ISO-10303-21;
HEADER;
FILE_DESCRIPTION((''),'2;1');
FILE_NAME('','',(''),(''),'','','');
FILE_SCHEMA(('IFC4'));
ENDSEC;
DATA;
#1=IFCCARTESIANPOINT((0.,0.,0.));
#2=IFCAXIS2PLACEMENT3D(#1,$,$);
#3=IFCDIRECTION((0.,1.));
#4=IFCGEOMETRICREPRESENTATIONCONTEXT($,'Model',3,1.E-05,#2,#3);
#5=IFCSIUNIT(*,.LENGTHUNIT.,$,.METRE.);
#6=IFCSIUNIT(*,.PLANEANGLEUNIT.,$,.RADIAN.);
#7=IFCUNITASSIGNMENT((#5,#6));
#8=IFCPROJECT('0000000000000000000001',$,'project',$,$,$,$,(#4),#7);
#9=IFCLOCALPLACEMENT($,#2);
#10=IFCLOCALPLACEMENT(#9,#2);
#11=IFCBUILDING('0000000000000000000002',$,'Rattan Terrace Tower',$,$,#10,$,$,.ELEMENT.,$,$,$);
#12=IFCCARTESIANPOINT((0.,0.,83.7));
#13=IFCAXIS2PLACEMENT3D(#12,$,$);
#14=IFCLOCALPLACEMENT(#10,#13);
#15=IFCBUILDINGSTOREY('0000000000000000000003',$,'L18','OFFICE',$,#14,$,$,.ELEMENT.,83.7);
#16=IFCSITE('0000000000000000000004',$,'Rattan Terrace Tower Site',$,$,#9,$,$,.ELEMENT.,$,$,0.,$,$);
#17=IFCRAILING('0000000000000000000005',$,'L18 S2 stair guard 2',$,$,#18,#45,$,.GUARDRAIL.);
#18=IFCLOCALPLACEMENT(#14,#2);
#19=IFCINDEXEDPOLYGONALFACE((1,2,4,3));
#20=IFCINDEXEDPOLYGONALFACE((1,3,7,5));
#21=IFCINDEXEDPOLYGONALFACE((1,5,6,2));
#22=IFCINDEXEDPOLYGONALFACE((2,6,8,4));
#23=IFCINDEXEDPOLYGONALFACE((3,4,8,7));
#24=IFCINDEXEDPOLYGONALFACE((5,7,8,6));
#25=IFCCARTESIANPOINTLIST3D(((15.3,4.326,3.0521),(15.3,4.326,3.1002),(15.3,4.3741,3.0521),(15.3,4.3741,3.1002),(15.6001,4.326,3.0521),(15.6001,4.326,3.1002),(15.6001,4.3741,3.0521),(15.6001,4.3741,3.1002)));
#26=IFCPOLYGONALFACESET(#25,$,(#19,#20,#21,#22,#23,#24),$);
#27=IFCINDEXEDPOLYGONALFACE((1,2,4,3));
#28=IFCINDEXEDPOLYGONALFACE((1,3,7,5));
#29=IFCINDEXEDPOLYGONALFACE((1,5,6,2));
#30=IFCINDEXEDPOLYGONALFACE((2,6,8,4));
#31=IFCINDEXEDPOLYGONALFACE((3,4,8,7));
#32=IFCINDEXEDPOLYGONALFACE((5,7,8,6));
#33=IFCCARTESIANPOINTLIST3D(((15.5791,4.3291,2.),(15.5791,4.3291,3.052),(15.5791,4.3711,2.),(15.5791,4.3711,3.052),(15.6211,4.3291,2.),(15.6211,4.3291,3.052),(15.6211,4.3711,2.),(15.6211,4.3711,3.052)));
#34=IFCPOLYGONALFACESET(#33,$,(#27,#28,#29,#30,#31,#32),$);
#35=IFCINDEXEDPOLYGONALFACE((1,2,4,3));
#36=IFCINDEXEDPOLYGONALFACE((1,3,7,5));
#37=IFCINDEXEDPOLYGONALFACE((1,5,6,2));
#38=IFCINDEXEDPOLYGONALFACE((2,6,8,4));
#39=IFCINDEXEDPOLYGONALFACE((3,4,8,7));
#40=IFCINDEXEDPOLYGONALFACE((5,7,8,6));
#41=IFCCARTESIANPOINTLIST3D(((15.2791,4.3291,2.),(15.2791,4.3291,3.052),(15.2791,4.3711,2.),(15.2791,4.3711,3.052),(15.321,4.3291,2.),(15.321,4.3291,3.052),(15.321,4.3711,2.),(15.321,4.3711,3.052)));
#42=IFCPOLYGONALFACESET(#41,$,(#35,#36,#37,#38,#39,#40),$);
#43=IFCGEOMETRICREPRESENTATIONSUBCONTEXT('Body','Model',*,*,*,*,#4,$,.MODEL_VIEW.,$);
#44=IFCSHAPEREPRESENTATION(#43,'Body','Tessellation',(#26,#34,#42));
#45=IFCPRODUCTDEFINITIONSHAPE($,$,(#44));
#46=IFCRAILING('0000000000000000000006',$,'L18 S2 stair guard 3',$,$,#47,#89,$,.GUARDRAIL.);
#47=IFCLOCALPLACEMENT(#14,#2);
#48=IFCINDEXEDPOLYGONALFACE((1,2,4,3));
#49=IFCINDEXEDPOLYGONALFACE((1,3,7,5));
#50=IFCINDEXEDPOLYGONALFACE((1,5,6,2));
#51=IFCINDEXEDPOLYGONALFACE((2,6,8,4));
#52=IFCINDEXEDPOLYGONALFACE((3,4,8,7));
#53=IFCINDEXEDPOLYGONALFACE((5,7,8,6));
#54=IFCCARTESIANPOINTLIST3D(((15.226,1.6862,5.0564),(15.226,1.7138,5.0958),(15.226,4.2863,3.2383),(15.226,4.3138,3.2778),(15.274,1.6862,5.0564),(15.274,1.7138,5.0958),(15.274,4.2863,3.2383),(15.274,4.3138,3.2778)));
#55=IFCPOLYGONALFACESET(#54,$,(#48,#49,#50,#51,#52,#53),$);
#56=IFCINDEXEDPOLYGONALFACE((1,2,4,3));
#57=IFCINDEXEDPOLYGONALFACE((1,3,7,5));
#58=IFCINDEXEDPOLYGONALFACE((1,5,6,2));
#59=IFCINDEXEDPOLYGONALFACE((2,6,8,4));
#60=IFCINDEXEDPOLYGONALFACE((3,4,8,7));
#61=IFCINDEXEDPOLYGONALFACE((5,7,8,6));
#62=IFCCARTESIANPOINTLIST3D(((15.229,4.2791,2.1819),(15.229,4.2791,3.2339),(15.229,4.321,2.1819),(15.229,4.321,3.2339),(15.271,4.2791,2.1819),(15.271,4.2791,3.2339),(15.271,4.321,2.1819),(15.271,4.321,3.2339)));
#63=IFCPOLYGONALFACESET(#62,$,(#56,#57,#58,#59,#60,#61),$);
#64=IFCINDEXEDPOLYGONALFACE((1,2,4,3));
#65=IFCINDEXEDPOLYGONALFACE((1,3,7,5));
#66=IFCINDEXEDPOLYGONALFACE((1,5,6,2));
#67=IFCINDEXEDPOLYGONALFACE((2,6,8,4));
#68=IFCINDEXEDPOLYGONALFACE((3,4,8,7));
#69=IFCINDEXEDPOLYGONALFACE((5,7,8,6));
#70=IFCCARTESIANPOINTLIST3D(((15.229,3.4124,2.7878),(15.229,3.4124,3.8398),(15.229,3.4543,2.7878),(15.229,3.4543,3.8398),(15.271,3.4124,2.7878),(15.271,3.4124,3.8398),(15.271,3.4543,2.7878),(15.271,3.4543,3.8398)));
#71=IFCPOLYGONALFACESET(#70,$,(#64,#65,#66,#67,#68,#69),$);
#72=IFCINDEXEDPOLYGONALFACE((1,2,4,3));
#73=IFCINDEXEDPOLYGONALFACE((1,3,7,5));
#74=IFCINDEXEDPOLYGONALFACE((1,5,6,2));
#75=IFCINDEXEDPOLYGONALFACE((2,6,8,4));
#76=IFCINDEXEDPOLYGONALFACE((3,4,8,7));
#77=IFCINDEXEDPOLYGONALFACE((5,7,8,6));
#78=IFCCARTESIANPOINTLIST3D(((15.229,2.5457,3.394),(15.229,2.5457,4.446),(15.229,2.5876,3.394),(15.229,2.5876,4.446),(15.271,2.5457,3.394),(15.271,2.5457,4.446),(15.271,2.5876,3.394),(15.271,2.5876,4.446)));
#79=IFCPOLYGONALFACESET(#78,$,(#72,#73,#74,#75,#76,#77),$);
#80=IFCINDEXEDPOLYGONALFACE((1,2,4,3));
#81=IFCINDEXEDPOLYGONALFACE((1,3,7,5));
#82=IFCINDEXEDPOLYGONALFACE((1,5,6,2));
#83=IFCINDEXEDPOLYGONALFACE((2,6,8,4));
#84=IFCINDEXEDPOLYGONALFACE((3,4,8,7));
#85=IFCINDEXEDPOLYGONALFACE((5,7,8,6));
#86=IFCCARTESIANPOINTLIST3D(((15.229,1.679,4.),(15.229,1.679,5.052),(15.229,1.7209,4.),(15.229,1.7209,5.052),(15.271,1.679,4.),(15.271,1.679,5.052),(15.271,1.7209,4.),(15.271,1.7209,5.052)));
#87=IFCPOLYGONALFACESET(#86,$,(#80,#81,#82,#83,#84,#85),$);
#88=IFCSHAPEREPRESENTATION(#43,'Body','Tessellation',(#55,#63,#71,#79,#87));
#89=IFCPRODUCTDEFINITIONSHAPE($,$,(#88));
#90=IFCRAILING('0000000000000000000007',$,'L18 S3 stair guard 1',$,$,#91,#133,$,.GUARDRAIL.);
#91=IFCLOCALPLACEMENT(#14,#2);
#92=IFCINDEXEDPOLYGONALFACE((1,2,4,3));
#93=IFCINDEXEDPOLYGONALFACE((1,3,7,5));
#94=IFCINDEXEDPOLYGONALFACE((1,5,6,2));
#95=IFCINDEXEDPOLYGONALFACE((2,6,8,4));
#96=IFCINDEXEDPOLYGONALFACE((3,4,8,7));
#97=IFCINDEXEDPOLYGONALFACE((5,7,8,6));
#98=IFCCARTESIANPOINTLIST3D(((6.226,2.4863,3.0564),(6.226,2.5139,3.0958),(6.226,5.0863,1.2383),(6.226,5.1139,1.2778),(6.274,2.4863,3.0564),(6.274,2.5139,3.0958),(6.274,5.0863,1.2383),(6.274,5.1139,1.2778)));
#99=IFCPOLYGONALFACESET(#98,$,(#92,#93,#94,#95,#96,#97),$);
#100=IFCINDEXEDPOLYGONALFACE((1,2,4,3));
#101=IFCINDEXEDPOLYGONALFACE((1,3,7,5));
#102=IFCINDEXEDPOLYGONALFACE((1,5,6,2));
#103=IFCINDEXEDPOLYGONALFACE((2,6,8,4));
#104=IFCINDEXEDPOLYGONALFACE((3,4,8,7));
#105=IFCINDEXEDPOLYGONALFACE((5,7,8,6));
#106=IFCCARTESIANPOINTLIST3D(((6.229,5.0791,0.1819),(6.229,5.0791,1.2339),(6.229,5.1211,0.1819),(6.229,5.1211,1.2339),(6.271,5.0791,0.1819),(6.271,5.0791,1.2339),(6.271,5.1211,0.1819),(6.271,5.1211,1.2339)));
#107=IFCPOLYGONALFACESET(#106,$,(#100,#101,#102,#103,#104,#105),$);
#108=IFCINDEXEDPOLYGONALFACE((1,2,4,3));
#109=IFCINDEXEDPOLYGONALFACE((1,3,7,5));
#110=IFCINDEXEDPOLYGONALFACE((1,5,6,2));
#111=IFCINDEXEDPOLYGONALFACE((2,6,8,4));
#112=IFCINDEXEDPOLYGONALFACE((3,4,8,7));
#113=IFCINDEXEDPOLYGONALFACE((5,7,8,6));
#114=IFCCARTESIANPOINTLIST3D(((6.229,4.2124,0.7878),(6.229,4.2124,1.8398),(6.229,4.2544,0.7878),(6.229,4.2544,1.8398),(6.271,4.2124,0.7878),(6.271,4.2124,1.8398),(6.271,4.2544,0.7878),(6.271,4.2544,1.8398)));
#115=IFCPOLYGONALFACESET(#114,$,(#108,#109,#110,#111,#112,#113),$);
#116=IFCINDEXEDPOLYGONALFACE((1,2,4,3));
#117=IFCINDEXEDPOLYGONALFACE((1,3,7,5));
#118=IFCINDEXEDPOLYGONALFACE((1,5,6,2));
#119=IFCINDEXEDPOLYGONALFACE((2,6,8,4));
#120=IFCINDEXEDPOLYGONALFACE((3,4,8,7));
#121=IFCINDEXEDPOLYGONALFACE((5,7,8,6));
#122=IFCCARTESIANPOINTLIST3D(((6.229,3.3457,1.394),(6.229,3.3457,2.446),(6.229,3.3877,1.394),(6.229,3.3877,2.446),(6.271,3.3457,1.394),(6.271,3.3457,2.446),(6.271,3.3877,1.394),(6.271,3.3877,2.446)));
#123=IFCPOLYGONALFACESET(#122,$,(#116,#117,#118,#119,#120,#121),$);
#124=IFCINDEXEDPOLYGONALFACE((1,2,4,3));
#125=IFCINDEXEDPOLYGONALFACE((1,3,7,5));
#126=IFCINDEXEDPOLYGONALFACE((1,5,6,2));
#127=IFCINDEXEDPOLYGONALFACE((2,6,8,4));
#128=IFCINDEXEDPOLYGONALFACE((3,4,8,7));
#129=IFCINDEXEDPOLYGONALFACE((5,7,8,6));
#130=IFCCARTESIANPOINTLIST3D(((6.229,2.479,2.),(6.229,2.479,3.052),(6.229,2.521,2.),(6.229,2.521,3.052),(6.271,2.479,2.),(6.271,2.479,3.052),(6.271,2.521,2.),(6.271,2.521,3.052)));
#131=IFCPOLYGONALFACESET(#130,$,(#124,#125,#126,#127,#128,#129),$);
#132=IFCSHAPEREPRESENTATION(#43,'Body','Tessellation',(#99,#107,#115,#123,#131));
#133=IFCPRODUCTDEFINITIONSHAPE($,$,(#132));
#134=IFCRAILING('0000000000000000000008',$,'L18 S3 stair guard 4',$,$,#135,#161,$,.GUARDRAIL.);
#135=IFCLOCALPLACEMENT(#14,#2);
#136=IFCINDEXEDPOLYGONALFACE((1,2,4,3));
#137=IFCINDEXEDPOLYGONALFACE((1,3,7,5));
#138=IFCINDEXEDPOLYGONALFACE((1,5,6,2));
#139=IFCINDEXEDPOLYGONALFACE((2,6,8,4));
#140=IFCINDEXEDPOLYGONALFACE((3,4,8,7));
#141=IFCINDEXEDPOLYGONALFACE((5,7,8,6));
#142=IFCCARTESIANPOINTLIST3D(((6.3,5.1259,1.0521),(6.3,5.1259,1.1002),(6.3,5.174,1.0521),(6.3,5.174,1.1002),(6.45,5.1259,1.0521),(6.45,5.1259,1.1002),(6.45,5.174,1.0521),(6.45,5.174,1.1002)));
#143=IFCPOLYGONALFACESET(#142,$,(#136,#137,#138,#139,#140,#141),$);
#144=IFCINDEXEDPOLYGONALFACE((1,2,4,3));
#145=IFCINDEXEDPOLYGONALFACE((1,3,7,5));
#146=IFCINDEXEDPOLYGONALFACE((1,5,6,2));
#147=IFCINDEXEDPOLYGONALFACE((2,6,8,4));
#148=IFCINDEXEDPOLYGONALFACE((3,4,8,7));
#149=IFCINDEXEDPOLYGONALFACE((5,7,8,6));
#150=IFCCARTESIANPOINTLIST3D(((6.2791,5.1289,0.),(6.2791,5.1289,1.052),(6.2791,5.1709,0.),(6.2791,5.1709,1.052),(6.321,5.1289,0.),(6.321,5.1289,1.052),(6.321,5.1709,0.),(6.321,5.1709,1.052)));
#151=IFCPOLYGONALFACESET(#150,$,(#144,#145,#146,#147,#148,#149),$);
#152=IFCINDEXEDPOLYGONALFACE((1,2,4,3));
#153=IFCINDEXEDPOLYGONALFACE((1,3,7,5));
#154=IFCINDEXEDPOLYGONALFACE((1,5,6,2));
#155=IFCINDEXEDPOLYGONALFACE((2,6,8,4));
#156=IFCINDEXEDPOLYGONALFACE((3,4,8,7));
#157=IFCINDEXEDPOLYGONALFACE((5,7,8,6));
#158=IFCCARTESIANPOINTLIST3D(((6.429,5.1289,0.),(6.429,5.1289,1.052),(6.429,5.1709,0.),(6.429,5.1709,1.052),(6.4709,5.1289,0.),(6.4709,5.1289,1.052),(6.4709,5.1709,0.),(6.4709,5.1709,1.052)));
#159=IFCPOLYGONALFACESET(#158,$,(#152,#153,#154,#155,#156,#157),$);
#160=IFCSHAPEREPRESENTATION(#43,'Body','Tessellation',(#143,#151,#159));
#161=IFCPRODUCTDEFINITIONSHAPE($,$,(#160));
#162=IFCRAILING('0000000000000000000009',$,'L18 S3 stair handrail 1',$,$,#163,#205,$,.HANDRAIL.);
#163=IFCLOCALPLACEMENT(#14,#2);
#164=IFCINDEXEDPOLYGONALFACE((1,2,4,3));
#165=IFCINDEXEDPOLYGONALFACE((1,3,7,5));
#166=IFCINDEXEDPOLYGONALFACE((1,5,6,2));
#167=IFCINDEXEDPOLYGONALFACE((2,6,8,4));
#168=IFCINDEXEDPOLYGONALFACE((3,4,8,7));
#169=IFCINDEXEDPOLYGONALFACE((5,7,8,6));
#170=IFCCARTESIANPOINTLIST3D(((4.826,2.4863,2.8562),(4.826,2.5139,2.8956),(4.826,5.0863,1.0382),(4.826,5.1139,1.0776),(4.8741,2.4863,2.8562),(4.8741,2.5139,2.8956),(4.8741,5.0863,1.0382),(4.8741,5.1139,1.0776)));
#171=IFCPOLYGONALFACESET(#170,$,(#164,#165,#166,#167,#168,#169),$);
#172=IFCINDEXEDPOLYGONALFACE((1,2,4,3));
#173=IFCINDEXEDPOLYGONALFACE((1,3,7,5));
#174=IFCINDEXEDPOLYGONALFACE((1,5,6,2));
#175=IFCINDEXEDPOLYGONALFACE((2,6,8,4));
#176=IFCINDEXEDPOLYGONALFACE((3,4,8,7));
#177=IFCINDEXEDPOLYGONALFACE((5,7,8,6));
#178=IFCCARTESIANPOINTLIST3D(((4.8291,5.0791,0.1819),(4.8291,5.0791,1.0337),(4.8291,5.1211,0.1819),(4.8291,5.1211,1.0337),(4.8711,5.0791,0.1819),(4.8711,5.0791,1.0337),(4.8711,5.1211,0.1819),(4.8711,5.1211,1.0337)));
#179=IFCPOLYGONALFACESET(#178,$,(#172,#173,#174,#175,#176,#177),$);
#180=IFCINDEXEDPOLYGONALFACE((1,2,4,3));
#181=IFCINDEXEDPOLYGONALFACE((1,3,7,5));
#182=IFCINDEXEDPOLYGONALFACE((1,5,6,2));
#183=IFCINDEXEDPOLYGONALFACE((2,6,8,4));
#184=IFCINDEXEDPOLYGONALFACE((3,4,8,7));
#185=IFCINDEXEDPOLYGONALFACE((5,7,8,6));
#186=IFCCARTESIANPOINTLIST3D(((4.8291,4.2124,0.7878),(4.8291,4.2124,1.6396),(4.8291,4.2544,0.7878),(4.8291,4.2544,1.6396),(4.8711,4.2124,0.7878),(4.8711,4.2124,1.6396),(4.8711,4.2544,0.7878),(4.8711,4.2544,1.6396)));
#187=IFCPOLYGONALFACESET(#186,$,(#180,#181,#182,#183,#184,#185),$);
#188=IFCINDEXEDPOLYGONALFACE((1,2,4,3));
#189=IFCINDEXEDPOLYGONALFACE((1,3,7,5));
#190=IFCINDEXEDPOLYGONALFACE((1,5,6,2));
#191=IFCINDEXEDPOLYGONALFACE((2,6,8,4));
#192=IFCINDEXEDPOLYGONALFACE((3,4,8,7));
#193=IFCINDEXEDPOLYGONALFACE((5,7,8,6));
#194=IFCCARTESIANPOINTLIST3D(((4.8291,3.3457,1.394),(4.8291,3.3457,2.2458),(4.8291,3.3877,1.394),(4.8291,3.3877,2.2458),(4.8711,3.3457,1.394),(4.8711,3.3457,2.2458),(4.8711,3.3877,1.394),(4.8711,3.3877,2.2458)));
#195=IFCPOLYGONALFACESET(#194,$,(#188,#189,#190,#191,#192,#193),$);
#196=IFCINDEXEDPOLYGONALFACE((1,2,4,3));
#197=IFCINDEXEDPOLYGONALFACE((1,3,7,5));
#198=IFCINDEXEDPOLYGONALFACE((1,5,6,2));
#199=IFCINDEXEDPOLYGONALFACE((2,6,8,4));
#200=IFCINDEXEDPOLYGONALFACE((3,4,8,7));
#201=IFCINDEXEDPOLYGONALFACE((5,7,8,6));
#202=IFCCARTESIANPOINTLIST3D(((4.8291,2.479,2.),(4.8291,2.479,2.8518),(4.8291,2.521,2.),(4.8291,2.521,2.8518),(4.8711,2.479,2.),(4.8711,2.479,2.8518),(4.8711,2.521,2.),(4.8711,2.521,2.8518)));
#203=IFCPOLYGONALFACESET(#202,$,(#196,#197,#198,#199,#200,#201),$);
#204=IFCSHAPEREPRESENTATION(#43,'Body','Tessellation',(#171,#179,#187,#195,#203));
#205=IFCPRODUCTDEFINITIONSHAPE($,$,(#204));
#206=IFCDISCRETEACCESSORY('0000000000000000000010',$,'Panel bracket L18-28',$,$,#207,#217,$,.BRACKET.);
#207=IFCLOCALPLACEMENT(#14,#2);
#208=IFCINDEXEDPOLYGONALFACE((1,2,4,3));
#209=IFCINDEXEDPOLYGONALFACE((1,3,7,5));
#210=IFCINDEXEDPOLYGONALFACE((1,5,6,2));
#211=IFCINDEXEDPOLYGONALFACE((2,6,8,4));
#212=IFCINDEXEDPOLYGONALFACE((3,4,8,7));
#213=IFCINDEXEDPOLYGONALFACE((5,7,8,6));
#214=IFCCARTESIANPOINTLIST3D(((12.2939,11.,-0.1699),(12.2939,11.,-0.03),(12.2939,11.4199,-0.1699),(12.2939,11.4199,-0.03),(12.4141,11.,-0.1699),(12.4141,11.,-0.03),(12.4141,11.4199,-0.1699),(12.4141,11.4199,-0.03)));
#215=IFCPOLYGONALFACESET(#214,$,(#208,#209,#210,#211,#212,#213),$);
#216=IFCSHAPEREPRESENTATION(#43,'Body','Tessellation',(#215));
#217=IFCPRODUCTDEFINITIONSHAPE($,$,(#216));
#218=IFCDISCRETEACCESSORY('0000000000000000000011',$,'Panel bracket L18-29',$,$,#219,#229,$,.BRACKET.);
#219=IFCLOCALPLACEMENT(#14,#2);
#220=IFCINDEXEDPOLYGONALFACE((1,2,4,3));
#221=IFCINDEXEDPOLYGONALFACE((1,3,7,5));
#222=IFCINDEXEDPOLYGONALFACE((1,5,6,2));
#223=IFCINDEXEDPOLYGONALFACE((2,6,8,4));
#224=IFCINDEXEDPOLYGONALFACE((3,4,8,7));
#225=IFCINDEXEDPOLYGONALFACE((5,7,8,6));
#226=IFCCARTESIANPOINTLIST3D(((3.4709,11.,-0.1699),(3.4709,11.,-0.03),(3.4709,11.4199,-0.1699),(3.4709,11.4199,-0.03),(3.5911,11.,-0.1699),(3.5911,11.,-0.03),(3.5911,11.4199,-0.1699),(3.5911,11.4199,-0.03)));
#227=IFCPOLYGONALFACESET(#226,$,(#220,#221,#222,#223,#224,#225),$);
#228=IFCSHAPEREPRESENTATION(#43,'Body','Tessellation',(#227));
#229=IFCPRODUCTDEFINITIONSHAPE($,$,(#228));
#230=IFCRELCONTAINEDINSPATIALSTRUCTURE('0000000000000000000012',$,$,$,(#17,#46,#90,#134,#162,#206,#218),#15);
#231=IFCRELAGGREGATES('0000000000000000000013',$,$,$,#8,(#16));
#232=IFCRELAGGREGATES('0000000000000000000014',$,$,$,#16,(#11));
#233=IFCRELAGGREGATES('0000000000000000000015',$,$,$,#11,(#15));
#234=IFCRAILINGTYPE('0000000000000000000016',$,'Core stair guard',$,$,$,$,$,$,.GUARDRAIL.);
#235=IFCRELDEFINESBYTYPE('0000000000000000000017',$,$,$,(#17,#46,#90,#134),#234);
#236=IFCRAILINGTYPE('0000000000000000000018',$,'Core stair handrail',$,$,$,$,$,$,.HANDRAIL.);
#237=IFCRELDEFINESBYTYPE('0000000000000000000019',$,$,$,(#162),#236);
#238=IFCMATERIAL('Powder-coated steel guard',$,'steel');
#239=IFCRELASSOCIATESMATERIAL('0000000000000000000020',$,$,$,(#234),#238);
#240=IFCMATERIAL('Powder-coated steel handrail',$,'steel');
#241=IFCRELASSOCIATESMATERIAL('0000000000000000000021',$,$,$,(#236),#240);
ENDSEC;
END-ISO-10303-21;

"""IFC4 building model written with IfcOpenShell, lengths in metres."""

from ifc_helpers import new_model, si_unit, direction, frame, origin, origin_2d, place, context, subcontext, project, spatial, rectangle, extrude, material, type_object, element, save


model = new_model("IFC4")

# Units and contexts
model_context = context("Model", 3, precision=1e-05, world=origin(), true_north=direction((0.0, 1.0)))
body_context = subcontext(model_context, "Body", "Model", "MODEL_VIEW")
ifc_project = project(units=[si_unit("LENGTHUNIT", "METRE"), si_unit("PLANEANGLEUNIT", "RADIAN")], contexts=[model_context])

# Site, building, storey
site_placement = place(None, origin())
site = spatial("IfcSite", under=ifc_project, at=site_placement, Name="Rattan Terrace Tower Site", CompositionType="ELEMENT", RefElevation=0.0)
building_placement = place(site_placement, origin())
building = spatial("IfcBuilding", under=site, at=building_placement, Name="Rattan Terrace Tower", CompositionType="ELEMENT")
storey_placement = place(building_placement, frame((0.0, 0.0, 83.7)))
storey = spatial("IfcBuildingStorey", under=building, at=storey_placement, Name="L18", Description="OFFICE", CompositionType="ELEMENT", Elevation=83.7)

# Railings
ifc_material_1 = material(Name="Powder-coated steel guard", Category="steel")
railing_type_1 = type_object("IfcRailingType", Name="Core stair guard", PredefinedType="GUARDRAIL", material=ifc_material_1)
railing_1_placement = place(storey_placement, frame((15.6001, 4.3501, 2.0)))
element("IfcRailing", 1, at=railing_1_placement, inside=storey, type_object=railing_type_1, Name="L18 S2 stair guard 2", PredefinedType="GUARDRAIL", context=body_context, shape_type="SweptSolid", body=[
    extrude(rectangle(XDim=0.0481, YDim=0.0481, at=origin_2d()), frame((0.0, 0.0, 1.0762), z_axis=(-1.0, 0.0, 0.0), x_axis=(0.0, -1.0, 0.0)), (0.0, 0.0, 1.0), 0.3),
    extrude(rectangle(XDim=0.042, YDim=0.042, at=origin_2d()), origin(), (0.0, 0.0, 1.0), 1.052),
    extrude(rectangle(XDim=0.042, YDim=0.042, at=origin_2d()), frame((-0.3, 0.0, 0.0)), (0.0, 0.0, 1.0), 1.052),
])
for number, where, name in (
    (2, (15.25, 4.3, 2.1819), "L18 S2 stair guard 3"),
    (3, (6.25, 5.1001, 0.1819), "L18 S3 stair guard 1"),
):
    element("IfcRailing", number, at=place(storey_placement, frame(where)), inside=storey, type_object=railing_type_1, Name=name, PredefinedType="GUARDRAIL", context=body_context, shape_type="SweptSolid", body=[
        extrude(rectangle(XDim=0.0481, YDim=0.0481, at=origin_2d()), frame((0.0, 0.0, 1.0762), z_axis=(0.0, -0.819521, 0.573049), x_axis=(1.0, 0.0, 0.0)), (0.0, 0.0, 1.0), 3.1726),
        extrude(rectangle(XDim=0.042, YDim=0.042, at=origin_2d()), origin(), (0.0, 0.0, 1.0), 1.052),
        extrude(rectangle(XDim=0.042, YDim=0.042, at=origin_2d()), frame((0.0, -0.8667, 0.606)), (0.0, 0.0, 1.0), 1.052),
        extrude(rectangle(XDim=0.042, YDim=0.042, at=origin_2d()), frame((0.0, -1.7334, 1.2122)), (0.0, 0.0, 1.0), 1.052),
        extrude(rectangle(XDim=0.042, YDim=0.042, at=origin_2d()), frame((0.0, -2.6001, 1.8181)), (0.0, 0.0, 1.0), 1.052),
    ])
railing_2_placement = place(storey_placement, frame((6.3, 5.1499, 0.0)))
element("IfcRailing", 4, at=railing_2_placement, inside=storey, type_object=railing_type_1, Name="L18 S3 stair guard 4", PredefinedType="GUARDRAIL", context=body_context, shape_type="SweptSolid", body=[
    extrude(rectangle(XDim=0.0481, YDim=0.0481, at=origin_2d()), frame((0.0, 0.0, 1.0762), z_axis=(1.0, 0.0, 0.0), x_axis=(0.0, 1.0, 0.0)), (0.0, 0.0, 1.0), 0.1499),
    extrude(rectangle(XDim=0.042, YDim=0.042, at=origin_2d()), origin(), (0.0, 0.0, 1.0), 1.052),
    extrude(rectangle(XDim=0.042, YDim=0.042, at=origin_2d()), frame((0.1499, 0.0, 0.0)), (0.0, 0.0, 1.0), 1.052),
])
ifc_material_2 = material(Name="Powder-coated steel handrail", Category="steel")
railing_type_2 = type_object("IfcRailingType", Name="Core stair handrail", PredefinedType="HANDRAIL", material=ifc_material_2)
railing_3_placement = place(storey_placement, frame((4.8501, 5.1001, 0.1819)))
element("IfcRailing", 5, at=railing_3_placement, inside=storey, type_object=railing_type_2, Name="L18 S3 stair handrail 1", PredefinedType="HANDRAIL", context=body_context, shape_type="SweptSolid", body=[
    extrude(rectangle(XDim=0.0481, YDim=0.0481, at=origin_2d()), frame((0.0, 0.0, 0.876), z_axis=(0.0, -0.819521, 0.573049), x_axis=(1.0, 0.0, 0.0)), (0.0, 0.0, 1.0), 3.1726),
    extrude(rectangle(XDim=0.042, YDim=0.042, at=origin_2d()), origin(), (0.0, 0.0, 1.0), 0.8518),
    extrude(rectangle(XDim=0.042, YDim=0.042, at=origin_2d()), frame((0.0, -0.8667, 0.606)), (0.0, 0.0, 1.0), 0.8518),
    extrude(rectangle(XDim=0.042, YDim=0.042, at=origin_2d()), frame((0.0, -1.7334, 1.2122)), (0.0, 0.0, 1.0), 0.8518),
    extrude(rectangle(XDim=0.042, YDim=0.042, at=origin_2d()), frame((0.0, -2.6001, 1.8181)), (0.0, 0.0, 1.0), 0.8518),
])

# Discrete accessories
for number, where, z_axis, x_axis, name in (
    (6, (12.354, 11.21, -0.1699), (0.0, 0.0, 1.0), (-1.0, 0.0, 0.0), "Panel bracket L18-28"),
    (7, (3.531, 11.21, -0.1699), (0.0, 0.0, 1.0), (-1.0, 0.0, 0.0), "Panel bracket L18-29"),
):
    element("IfcDiscreteAccessory", number, at=place(storey_placement, frame(where, z_axis=z_axis, x_axis=x_axis)), inside=storey, Name=name, PredefinedType="BRACKET", context=body_context, shape_type="SweptSolid", body=[
        extrude(rectangle(XDim=0.1201, YDim=0.4199, at=origin_2d()), origin(), (0.0, 0.0, 1.0), 0.1399),
    ])

save(model, "model.ifc")
